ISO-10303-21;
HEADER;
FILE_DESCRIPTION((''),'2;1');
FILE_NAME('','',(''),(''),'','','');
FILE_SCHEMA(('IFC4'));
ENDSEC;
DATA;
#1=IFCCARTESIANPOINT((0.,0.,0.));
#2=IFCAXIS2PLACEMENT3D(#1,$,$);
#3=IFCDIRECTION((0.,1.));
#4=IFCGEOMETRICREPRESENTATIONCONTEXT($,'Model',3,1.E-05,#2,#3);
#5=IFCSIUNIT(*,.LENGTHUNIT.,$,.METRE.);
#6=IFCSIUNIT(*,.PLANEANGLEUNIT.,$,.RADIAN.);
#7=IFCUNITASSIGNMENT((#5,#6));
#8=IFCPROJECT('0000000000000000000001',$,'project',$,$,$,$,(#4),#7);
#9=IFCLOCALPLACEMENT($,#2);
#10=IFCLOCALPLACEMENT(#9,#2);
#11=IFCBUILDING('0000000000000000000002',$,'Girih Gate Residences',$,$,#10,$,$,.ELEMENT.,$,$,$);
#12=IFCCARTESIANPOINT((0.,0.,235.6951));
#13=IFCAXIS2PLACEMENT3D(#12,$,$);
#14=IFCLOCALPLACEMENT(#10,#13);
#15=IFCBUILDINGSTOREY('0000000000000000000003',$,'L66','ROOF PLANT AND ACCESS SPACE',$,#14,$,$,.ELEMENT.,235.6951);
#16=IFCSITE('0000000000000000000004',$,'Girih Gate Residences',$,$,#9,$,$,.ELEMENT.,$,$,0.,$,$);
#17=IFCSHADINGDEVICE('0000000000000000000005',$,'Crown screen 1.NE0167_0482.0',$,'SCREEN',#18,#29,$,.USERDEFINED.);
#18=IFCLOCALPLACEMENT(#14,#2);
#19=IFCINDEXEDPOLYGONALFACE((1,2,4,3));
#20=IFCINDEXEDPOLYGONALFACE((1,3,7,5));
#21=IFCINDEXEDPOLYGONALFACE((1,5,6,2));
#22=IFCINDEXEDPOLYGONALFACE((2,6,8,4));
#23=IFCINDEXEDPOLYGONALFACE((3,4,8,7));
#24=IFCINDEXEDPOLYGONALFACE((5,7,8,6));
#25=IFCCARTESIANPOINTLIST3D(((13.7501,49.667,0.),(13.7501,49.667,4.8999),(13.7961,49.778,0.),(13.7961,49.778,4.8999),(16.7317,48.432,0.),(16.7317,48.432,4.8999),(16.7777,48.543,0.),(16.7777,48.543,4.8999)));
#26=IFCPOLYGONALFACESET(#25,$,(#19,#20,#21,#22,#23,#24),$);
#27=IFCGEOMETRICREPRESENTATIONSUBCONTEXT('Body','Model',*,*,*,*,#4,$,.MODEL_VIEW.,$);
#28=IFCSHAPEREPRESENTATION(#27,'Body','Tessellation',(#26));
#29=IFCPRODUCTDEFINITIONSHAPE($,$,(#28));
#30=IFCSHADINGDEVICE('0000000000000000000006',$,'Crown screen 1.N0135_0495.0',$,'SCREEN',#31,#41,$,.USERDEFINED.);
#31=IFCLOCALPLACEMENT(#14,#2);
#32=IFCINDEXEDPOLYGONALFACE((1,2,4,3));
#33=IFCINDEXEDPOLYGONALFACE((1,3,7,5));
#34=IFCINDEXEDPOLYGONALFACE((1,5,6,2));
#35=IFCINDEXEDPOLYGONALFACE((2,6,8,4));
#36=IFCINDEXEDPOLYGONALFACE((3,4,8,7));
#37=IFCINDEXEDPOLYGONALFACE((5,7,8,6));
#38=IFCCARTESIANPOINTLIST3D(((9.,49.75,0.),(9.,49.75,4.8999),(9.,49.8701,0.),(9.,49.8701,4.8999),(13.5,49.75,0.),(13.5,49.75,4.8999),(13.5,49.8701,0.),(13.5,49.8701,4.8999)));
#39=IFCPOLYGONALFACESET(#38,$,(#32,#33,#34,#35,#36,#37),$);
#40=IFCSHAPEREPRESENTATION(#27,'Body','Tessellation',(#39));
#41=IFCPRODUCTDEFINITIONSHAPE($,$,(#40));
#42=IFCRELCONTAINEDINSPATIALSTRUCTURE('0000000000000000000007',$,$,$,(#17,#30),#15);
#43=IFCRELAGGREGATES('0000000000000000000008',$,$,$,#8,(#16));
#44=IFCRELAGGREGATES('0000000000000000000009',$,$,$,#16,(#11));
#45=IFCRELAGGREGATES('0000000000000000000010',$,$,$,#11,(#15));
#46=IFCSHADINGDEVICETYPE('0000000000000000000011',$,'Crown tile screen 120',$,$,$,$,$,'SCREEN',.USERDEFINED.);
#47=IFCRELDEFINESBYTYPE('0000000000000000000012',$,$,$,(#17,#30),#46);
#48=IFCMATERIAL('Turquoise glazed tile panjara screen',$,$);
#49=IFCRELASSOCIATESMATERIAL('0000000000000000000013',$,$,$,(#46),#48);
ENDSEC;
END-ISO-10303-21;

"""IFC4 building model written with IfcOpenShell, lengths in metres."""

from ifc_helpers import new_model, si_unit, direction, frame, origin, origin_2d, place, context, subcontext, project, spatial, rectangle, extrude, material, type_object, element, save


model = new_model("IFC4")

# Units and contexts
model_context = context("Model", 3, precision=1e-05, world=origin(), true_north=direction((0.0, 1.0)))
body_context = subcontext(model_context, "Body", "Model", "MODEL_VIEW")
ifc_project = project(units=[si_unit("LENGTHUNIT", "METRE"), si_unit("PLANEANGLEUNIT", "RADIAN")], contexts=[model_context])

# Site, building, storey
site_placement = place(None, origin())
site = spatial("IfcSite", under=ifc_project, at=site_placement, Name="Girih Gate Residences", CompositionType="ELEMENT", RefElevation=0.0)
building_placement = place(site_placement, origin())
building = spatial("IfcBuilding", under=site, at=building_placement, Name="Girih Gate Residences", CompositionType="ELEMENT")
storey_placement = place(building_placement, frame((0.0, 0.0, 235.6951)))
storey = spatial("IfcBuildingStorey", under=building, at=storey_placement, Name="L66", Description="ROOF PLANT AND ACCESS SPACE", CompositionType="ELEMENT", Elevation=235.6951)

# Shading devices
ifc_material_1 = material(Name="Turquoise glazed tile panjara screen")
shading_device_type_1 = type_object("IfcShadingDeviceType", Name="Crown tile screen 120", ElementType="SCREEN", PredefinedType="USERDEFINED", material=ifc_material_1)
for number, where, z_axis, x_axis, name in (
    (1, (15.2639, 49.105, 0.0), (0.0, 0.0, 1.0), (-0.92388, 0.382683, 0.0), "Crown screen 1.NE0167_0482.0"),
):
    element("IfcShadingDevice", number, at=place(storey_placement, frame(where, z_axis=z_axis, x_axis=x_axis)), inside=storey, type_object=shading_device_type_1, Name=name, ObjectType="SCREEN", PredefinedType="USERDEFINED", context=body_context, shape_type="SweptSolid", body=[
        extrude(rectangle(XDim=3.2273, YDim=0.1201, at=origin_2d()), origin(), (0.0, 0.0, 1.0), 4.8999),
    ])
shading_device_1_placement = place(storey_placement, frame((11.25, 49.8101, 0.0), z_axis=(0.0, 0.0, 1.0), x_axis=(-1.0, 0.0, 0.0)))
element("IfcShadingDevice", 2, at=shading_device_1_placement, inside=storey, type_object=shading_device_type_1, Name="Crown screen 1.N0135_0495.0", ObjectType="SCREEN", PredefinedType="USERDEFINED", context=body_context, shape_type="SweptSolid", body=[
    extrude(rectangle(XDim=4.5, YDim=0.1201, at=origin_2d()), origin(), (0.0, 0.0, 1.0), 4.8999),
])

save(model, "model.ifc")
